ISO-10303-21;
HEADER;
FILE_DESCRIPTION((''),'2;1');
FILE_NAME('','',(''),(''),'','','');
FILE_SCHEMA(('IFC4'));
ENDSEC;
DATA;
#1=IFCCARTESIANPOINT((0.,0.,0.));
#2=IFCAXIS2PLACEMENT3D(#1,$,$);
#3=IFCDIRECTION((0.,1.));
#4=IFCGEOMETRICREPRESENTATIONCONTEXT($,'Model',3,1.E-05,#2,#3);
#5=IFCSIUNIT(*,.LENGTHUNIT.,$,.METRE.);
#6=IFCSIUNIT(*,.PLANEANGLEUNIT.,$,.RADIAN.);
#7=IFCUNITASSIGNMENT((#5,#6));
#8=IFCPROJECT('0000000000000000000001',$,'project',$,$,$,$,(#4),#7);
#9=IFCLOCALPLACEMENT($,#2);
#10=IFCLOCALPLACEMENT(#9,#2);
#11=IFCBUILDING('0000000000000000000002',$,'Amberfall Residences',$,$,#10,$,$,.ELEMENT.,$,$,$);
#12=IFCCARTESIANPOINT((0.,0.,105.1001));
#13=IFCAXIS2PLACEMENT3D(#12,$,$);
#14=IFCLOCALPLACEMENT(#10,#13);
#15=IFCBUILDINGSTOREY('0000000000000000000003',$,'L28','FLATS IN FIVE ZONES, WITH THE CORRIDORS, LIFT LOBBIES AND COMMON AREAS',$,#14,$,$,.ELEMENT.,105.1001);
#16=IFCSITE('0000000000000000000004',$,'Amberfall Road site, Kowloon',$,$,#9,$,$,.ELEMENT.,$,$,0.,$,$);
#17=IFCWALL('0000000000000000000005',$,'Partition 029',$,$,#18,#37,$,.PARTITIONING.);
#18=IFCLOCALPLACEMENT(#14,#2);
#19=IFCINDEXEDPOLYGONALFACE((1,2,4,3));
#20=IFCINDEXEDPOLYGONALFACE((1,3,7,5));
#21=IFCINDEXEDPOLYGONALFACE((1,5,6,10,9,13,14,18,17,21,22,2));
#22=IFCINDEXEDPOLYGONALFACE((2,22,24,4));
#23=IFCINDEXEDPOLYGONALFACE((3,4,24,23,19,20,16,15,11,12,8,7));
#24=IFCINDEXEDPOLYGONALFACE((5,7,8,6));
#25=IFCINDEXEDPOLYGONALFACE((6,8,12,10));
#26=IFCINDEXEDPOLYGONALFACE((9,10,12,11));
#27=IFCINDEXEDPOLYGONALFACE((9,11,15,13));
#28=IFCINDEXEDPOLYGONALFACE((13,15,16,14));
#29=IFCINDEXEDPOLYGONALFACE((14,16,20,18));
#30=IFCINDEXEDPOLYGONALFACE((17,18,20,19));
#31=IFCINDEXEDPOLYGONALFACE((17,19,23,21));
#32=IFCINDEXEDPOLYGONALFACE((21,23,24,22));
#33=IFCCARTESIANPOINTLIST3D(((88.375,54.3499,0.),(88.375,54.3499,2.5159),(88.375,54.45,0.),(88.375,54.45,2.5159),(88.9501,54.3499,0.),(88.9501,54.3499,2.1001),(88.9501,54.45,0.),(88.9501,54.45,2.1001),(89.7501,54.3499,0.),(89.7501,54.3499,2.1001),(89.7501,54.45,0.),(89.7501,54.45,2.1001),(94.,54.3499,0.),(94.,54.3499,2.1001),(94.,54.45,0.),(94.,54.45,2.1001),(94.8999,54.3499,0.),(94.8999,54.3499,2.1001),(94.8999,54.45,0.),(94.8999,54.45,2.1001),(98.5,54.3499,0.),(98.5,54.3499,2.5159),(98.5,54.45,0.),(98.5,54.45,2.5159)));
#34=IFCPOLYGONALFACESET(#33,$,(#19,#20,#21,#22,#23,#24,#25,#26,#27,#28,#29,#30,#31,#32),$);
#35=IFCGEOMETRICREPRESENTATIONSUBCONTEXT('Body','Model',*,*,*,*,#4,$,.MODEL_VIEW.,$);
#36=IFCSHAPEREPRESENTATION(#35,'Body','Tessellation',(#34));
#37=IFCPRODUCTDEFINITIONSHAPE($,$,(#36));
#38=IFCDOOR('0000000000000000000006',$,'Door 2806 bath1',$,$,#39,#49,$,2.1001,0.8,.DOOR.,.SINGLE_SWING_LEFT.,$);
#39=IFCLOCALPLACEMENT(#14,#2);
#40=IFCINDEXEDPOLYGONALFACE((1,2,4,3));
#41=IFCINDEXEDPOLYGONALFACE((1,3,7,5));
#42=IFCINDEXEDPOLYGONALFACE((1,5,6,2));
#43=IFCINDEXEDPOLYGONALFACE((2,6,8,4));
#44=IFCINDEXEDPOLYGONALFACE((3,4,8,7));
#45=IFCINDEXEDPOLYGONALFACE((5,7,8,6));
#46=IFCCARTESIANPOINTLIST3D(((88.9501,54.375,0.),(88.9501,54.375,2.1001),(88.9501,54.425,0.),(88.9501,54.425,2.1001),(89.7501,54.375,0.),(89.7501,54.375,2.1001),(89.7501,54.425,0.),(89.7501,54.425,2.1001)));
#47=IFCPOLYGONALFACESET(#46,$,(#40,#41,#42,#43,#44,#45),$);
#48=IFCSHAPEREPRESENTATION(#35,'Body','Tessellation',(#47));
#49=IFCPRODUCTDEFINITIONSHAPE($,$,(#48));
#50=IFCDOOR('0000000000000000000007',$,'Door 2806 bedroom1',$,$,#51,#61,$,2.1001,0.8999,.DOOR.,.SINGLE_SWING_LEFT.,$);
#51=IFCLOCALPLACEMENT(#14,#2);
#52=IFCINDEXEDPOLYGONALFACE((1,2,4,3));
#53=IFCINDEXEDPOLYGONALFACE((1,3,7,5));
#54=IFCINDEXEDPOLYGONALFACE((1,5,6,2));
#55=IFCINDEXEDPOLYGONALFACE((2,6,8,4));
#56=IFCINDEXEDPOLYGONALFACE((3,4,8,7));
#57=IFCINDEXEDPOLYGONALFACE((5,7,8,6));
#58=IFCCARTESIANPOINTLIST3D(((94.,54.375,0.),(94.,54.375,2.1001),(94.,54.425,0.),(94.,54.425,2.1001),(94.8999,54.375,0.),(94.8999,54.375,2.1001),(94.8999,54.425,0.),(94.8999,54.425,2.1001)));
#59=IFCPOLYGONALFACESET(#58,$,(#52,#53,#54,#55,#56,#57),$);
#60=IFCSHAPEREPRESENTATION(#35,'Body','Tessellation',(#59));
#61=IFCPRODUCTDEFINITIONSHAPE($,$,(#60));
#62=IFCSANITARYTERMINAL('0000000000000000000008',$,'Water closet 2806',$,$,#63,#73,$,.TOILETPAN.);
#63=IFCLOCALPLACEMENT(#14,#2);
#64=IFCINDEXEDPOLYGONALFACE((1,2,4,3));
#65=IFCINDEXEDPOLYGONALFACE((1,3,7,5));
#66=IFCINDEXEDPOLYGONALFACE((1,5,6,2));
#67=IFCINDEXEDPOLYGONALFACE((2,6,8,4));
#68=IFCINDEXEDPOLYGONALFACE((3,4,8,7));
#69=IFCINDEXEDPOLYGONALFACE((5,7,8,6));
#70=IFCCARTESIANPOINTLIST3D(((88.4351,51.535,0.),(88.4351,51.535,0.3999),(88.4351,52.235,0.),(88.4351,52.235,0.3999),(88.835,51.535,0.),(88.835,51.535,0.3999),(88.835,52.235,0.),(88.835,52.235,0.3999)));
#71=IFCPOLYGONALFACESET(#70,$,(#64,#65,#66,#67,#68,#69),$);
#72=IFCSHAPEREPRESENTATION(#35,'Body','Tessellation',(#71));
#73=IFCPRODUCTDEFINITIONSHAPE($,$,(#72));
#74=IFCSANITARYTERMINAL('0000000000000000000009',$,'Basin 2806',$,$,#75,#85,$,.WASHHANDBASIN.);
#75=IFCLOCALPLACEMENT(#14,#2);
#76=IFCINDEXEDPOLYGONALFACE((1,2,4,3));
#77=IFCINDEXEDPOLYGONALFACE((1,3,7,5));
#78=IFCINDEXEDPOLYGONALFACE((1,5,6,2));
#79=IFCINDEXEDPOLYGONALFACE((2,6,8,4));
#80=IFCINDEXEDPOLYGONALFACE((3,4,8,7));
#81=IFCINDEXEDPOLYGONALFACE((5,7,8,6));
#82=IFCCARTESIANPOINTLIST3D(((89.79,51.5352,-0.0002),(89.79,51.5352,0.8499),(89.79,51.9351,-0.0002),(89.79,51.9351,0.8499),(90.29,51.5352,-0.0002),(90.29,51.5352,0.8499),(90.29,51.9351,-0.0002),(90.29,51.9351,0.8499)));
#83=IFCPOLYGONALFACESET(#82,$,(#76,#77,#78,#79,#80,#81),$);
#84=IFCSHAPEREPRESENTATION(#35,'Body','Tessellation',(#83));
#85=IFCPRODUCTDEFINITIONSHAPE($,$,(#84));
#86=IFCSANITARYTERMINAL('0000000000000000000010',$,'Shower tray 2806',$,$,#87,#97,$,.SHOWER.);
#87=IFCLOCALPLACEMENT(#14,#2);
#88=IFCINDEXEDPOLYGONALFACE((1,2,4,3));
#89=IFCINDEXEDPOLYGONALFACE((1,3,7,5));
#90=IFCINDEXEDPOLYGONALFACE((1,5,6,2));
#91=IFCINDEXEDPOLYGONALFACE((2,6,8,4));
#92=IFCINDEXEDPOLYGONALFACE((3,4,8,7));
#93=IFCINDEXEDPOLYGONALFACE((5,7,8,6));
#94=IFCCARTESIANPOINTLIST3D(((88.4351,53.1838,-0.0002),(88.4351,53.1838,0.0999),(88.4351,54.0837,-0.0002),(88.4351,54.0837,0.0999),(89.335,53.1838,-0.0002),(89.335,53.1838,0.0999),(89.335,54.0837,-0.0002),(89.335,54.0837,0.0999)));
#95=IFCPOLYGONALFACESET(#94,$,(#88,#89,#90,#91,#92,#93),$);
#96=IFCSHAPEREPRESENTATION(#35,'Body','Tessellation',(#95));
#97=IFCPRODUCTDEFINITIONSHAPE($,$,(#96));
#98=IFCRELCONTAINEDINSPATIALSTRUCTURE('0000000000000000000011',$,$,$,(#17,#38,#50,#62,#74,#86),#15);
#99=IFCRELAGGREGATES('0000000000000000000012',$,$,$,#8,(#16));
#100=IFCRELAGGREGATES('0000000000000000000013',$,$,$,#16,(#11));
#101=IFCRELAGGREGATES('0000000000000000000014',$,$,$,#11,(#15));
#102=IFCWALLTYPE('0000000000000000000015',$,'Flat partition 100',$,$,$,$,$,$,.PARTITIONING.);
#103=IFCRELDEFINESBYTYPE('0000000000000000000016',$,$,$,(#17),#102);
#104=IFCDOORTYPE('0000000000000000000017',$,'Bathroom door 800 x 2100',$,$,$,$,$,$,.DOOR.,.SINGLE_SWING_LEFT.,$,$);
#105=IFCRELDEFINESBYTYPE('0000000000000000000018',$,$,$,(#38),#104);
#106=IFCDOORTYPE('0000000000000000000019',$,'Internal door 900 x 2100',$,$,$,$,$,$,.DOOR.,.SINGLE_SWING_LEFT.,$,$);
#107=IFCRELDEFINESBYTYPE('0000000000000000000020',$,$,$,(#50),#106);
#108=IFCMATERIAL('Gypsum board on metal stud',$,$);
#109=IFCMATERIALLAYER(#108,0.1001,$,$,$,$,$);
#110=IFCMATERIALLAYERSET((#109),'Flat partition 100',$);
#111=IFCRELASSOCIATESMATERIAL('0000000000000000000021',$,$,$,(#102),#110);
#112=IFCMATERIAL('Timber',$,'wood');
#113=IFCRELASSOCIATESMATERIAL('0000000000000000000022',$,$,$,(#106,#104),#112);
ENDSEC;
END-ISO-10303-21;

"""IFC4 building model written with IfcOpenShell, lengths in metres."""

from ifc_helpers import new_model, si_unit, direction, frame, frame_2d, origin, origin_2d, place, context, subcontext, project, spatial, rectangle, extrude, material, layer, layer_set, type_object, element, fill, save


model = new_model("IFC4")

# Units and contexts
model_context = context("Model", 3, precision=1e-05, world=origin(), true_north=direction((0.0, 1.0)))
body_context = subcontext(model_context, "Body", "Model", "MODEL_VIEW")
ifc_project = project(units=[si_unit("LENGTHUNIT", "METRE"), si_unit("PLANEANGLEUNIT", "RADIAN")], contexts=[model_context])

# Site, building, storey
site_placement = place(None, origin())
site = spatial("IfcSite", under=ifc_project, at=site_placement, Name="Amberfall Road site, Kowloon", CompositionType="ELEMENT", RefElevation=0.0)
building_placement = place(site_placement, origin())
building = spatial("IfcBuilding", under=site, at=building_placement, Name="Amberfall Residences", CompositionType="ELEMENT")
storey_placement = place(building_placement, frame((0.0, 0.0, 105.1001)))
storey = spatial("IfcBuildingStorey", under=building, at=storey_placement, Name="L28", Description="FLATS IN FIVE ZONES, WITH THE CORRIDORS, LIFT LOBBIES AND COMMON AREAS", CompositionType="ELEMENT", Elevation=105.1001)

# Shared definitions
ifc_material_1 = material(Name="Gypsum board on metal stud")
ifc_layer_1 = layer(ifc_material_1, 0.1001)
ifc_layer_set_1 = layer_set([ifc_layer_1], Name="Flat partition 100")
wall_type_1 = type_object("IfcWallType", Name="Flat partition 100", PredefinedType="PARTITIONING", material=ifc_layer_set_1)
ifc_material_2 = material(Name="Timber", Category="wood")
door_type_1 = type_object("IfcDoorType", Name="Internal door 900 x 2100", OperationType="SINGLE_SWING_LEFT", PredefinedType="DOOR", material=ifc_material_2)

# Wall, openings, doors
wall_1_placement = place(storey_placement, frame((98.5, 54.3999, 0.0), z_axis=(0.0, 0.0, 1.0), x_axis=(-1.0, 0.0, 0.0)))
wall_1 = element("IfcWall", 1, at=wall_1_placement, inside=storey, type_object=wall_type_1, Name="Partition 029", PredefinedType="PARTITIONING", context=body_context, shape_type="SweptSolid", body=[
    extrude(rectangle(XDim=10.125, YDim=0.1001, at=frame_2d((5.0625, 0.0))), origin(), (0.0, 0.0, 1.0), 2.5159),
])
opening_1_placement = place(wall_1_placement, frame((3.6001, 0.0, 0.0)))
opening_1 = element("IfcOpeningElement", 2, at=opening_1_placement, cuts=wall_1, PredefinedType="OPENING", context=body_context, shape_type="SweptSolid", body=[
    extrude(rectangle(XDim=0.8999, YDim=2.1001, at=frame_2d((0.45, 1.05))), frame((0.0, 0.0601, 0.0), z_axis=(0.0, -1.0, 0.0), x_axis=(1.0, 0.0, 0.0)), (0.0, 0.0, 1.0), 0.1201),
])
opening_2_placement = place(wall_1_placement, frame((8.75, 0.0, 0.0)))
opening_2 = element("IfcOpeningElement", 3, at=opening_2_placement, cuts=wall_1, PredefinedType="OPENING", context=body_context, shape_type="SweptSolid", body=[
    extrude(rectangle(XDim=0.8, YDim=2.1001, at=frame_2d((0.3999, 1.05))), frame((0.0, 0.0601, 0.0), z_axis=(0.0, -1.0, 0.0), x_axis=(1.0, 0.0, 0.0)), (0.0, 0.0, 1.0), 0.1201),
])
door_type_2 = type_object("IfcDoorType", Name="Bathroom door 800 x 2100", OperationType="SINGLE_SWING_LEFT", PredefinedType="DOOR", material=ifc_material_2)
door_1_placement = place(opening_2_placement, origin())
door_1 = element("IfcDoor", 4, at=door_1_placement, inside=storey, type_object=door_type_2, Name="Door 2806 bath1", OperationType="SINGLE_SWING_LEFT", OverallHeight=2.1001, OverallWidth=0.8, PredefinedType="DOOR", context=body_context, shape_type="SweptSolid", body=[
    extrude(rectangle(XDim=0.8, YDim=2.1001, at=frame_2d((0.3999, 1.05))), frame((0.0, 0.0249, 0.0), z_axis=(0.0, -1.0, 0.0), x_axis=(1.0, 0.0, 0.0)), (0.0, 0.0, 1.0), 0.05),
])
fill(opening_2, door_1)
door_2_placement = place(opening_1_placement, origin())
door_2 = element("IfcDoor", 5, at=door_2_placement, inside=storey, type_object=door_type_1, Name="Door 2806 bedroom1", OperationType="SINGLE_SWING_LEFT", OverallHeight=2.1001, OverallWidth=0.8999, PredefinedType="DOOR", context=body_context, shape_type="SweptSolid", body=[
    extrude(rectangle(XDim=0.8999, YDim=2.1001, at=frame_2d((0.45, 1.05))), frame((0.0, 0.0249, 0.0), z_axis=(0.0, -1.0, 0.0), x_axis=(1.0, 0.0, 0.0)), (0.0, 0.0, 1.0), 0.05),
])
fill(opening_1, door_2)

# Sanitary terminals
sanitary_terminal_1_placement = place(storey_placement, frame((88.635, 51.885, 0.0), z_axis=(0.0, 0.0, 1.0), x_axis=(1.0, 0.0, 0.0)))
element("IfcSanitaryTerminal", 6, at=sanitary_terminal_1_placement, inside=storey, Name="Water closet 2806", PredefinedType="TOILETPAN", context=body_context, shape_type="SweptSolid", body=[
    extrude(rectangle(XDim=0.3999, YDim=0.7, at=origin_2d()), origin(), (0.0, 0.0, 1.0), 0.3999),
])
sanitary_terminal_2_placement = place(storey_placement, frame((90.04, 51.7351, -0.0002), z_axis=(0.0, 0.0, 1.0), x_axis=(1.0, 0.0, 0.0)))
element("IfcSanitaryTerminal", 7, at=sanitary_terminal_2_placement, inside=storey, Name="Basin 2806", PredefinedType="WASHHANDBASIN", context=body_context, shape_type="SweptSolid", body=[
    extrude(rectangle(XDim=0.5, YDim=0.3999, at=origin_2d()), origin(), (0.0, 0.0, 1.0), 0.8501),
])
sanitary_terminal_3_placement = place(storey_placement, frame((88.885, 53.6338, -0.0002), z_axis=(0.0, 0.0, 1.0), x_axis=(1.0, 0.0, 0.0)))
element("IfcSanitaryTerminal", 8, at=sanitary_terminal_3_placement, inside=storey, Name="Shower tray 2806", PredefinedType="SHOWER", context=body_context, shape_type="SweptSolid", body=[
    extrude(rectangle(XDim=0.8999, YDim=0.8999, at=origin_2d()), origin(), (0.0, 0.0, 1.0), 0.1001),
])

save(model, "model.ifc")
